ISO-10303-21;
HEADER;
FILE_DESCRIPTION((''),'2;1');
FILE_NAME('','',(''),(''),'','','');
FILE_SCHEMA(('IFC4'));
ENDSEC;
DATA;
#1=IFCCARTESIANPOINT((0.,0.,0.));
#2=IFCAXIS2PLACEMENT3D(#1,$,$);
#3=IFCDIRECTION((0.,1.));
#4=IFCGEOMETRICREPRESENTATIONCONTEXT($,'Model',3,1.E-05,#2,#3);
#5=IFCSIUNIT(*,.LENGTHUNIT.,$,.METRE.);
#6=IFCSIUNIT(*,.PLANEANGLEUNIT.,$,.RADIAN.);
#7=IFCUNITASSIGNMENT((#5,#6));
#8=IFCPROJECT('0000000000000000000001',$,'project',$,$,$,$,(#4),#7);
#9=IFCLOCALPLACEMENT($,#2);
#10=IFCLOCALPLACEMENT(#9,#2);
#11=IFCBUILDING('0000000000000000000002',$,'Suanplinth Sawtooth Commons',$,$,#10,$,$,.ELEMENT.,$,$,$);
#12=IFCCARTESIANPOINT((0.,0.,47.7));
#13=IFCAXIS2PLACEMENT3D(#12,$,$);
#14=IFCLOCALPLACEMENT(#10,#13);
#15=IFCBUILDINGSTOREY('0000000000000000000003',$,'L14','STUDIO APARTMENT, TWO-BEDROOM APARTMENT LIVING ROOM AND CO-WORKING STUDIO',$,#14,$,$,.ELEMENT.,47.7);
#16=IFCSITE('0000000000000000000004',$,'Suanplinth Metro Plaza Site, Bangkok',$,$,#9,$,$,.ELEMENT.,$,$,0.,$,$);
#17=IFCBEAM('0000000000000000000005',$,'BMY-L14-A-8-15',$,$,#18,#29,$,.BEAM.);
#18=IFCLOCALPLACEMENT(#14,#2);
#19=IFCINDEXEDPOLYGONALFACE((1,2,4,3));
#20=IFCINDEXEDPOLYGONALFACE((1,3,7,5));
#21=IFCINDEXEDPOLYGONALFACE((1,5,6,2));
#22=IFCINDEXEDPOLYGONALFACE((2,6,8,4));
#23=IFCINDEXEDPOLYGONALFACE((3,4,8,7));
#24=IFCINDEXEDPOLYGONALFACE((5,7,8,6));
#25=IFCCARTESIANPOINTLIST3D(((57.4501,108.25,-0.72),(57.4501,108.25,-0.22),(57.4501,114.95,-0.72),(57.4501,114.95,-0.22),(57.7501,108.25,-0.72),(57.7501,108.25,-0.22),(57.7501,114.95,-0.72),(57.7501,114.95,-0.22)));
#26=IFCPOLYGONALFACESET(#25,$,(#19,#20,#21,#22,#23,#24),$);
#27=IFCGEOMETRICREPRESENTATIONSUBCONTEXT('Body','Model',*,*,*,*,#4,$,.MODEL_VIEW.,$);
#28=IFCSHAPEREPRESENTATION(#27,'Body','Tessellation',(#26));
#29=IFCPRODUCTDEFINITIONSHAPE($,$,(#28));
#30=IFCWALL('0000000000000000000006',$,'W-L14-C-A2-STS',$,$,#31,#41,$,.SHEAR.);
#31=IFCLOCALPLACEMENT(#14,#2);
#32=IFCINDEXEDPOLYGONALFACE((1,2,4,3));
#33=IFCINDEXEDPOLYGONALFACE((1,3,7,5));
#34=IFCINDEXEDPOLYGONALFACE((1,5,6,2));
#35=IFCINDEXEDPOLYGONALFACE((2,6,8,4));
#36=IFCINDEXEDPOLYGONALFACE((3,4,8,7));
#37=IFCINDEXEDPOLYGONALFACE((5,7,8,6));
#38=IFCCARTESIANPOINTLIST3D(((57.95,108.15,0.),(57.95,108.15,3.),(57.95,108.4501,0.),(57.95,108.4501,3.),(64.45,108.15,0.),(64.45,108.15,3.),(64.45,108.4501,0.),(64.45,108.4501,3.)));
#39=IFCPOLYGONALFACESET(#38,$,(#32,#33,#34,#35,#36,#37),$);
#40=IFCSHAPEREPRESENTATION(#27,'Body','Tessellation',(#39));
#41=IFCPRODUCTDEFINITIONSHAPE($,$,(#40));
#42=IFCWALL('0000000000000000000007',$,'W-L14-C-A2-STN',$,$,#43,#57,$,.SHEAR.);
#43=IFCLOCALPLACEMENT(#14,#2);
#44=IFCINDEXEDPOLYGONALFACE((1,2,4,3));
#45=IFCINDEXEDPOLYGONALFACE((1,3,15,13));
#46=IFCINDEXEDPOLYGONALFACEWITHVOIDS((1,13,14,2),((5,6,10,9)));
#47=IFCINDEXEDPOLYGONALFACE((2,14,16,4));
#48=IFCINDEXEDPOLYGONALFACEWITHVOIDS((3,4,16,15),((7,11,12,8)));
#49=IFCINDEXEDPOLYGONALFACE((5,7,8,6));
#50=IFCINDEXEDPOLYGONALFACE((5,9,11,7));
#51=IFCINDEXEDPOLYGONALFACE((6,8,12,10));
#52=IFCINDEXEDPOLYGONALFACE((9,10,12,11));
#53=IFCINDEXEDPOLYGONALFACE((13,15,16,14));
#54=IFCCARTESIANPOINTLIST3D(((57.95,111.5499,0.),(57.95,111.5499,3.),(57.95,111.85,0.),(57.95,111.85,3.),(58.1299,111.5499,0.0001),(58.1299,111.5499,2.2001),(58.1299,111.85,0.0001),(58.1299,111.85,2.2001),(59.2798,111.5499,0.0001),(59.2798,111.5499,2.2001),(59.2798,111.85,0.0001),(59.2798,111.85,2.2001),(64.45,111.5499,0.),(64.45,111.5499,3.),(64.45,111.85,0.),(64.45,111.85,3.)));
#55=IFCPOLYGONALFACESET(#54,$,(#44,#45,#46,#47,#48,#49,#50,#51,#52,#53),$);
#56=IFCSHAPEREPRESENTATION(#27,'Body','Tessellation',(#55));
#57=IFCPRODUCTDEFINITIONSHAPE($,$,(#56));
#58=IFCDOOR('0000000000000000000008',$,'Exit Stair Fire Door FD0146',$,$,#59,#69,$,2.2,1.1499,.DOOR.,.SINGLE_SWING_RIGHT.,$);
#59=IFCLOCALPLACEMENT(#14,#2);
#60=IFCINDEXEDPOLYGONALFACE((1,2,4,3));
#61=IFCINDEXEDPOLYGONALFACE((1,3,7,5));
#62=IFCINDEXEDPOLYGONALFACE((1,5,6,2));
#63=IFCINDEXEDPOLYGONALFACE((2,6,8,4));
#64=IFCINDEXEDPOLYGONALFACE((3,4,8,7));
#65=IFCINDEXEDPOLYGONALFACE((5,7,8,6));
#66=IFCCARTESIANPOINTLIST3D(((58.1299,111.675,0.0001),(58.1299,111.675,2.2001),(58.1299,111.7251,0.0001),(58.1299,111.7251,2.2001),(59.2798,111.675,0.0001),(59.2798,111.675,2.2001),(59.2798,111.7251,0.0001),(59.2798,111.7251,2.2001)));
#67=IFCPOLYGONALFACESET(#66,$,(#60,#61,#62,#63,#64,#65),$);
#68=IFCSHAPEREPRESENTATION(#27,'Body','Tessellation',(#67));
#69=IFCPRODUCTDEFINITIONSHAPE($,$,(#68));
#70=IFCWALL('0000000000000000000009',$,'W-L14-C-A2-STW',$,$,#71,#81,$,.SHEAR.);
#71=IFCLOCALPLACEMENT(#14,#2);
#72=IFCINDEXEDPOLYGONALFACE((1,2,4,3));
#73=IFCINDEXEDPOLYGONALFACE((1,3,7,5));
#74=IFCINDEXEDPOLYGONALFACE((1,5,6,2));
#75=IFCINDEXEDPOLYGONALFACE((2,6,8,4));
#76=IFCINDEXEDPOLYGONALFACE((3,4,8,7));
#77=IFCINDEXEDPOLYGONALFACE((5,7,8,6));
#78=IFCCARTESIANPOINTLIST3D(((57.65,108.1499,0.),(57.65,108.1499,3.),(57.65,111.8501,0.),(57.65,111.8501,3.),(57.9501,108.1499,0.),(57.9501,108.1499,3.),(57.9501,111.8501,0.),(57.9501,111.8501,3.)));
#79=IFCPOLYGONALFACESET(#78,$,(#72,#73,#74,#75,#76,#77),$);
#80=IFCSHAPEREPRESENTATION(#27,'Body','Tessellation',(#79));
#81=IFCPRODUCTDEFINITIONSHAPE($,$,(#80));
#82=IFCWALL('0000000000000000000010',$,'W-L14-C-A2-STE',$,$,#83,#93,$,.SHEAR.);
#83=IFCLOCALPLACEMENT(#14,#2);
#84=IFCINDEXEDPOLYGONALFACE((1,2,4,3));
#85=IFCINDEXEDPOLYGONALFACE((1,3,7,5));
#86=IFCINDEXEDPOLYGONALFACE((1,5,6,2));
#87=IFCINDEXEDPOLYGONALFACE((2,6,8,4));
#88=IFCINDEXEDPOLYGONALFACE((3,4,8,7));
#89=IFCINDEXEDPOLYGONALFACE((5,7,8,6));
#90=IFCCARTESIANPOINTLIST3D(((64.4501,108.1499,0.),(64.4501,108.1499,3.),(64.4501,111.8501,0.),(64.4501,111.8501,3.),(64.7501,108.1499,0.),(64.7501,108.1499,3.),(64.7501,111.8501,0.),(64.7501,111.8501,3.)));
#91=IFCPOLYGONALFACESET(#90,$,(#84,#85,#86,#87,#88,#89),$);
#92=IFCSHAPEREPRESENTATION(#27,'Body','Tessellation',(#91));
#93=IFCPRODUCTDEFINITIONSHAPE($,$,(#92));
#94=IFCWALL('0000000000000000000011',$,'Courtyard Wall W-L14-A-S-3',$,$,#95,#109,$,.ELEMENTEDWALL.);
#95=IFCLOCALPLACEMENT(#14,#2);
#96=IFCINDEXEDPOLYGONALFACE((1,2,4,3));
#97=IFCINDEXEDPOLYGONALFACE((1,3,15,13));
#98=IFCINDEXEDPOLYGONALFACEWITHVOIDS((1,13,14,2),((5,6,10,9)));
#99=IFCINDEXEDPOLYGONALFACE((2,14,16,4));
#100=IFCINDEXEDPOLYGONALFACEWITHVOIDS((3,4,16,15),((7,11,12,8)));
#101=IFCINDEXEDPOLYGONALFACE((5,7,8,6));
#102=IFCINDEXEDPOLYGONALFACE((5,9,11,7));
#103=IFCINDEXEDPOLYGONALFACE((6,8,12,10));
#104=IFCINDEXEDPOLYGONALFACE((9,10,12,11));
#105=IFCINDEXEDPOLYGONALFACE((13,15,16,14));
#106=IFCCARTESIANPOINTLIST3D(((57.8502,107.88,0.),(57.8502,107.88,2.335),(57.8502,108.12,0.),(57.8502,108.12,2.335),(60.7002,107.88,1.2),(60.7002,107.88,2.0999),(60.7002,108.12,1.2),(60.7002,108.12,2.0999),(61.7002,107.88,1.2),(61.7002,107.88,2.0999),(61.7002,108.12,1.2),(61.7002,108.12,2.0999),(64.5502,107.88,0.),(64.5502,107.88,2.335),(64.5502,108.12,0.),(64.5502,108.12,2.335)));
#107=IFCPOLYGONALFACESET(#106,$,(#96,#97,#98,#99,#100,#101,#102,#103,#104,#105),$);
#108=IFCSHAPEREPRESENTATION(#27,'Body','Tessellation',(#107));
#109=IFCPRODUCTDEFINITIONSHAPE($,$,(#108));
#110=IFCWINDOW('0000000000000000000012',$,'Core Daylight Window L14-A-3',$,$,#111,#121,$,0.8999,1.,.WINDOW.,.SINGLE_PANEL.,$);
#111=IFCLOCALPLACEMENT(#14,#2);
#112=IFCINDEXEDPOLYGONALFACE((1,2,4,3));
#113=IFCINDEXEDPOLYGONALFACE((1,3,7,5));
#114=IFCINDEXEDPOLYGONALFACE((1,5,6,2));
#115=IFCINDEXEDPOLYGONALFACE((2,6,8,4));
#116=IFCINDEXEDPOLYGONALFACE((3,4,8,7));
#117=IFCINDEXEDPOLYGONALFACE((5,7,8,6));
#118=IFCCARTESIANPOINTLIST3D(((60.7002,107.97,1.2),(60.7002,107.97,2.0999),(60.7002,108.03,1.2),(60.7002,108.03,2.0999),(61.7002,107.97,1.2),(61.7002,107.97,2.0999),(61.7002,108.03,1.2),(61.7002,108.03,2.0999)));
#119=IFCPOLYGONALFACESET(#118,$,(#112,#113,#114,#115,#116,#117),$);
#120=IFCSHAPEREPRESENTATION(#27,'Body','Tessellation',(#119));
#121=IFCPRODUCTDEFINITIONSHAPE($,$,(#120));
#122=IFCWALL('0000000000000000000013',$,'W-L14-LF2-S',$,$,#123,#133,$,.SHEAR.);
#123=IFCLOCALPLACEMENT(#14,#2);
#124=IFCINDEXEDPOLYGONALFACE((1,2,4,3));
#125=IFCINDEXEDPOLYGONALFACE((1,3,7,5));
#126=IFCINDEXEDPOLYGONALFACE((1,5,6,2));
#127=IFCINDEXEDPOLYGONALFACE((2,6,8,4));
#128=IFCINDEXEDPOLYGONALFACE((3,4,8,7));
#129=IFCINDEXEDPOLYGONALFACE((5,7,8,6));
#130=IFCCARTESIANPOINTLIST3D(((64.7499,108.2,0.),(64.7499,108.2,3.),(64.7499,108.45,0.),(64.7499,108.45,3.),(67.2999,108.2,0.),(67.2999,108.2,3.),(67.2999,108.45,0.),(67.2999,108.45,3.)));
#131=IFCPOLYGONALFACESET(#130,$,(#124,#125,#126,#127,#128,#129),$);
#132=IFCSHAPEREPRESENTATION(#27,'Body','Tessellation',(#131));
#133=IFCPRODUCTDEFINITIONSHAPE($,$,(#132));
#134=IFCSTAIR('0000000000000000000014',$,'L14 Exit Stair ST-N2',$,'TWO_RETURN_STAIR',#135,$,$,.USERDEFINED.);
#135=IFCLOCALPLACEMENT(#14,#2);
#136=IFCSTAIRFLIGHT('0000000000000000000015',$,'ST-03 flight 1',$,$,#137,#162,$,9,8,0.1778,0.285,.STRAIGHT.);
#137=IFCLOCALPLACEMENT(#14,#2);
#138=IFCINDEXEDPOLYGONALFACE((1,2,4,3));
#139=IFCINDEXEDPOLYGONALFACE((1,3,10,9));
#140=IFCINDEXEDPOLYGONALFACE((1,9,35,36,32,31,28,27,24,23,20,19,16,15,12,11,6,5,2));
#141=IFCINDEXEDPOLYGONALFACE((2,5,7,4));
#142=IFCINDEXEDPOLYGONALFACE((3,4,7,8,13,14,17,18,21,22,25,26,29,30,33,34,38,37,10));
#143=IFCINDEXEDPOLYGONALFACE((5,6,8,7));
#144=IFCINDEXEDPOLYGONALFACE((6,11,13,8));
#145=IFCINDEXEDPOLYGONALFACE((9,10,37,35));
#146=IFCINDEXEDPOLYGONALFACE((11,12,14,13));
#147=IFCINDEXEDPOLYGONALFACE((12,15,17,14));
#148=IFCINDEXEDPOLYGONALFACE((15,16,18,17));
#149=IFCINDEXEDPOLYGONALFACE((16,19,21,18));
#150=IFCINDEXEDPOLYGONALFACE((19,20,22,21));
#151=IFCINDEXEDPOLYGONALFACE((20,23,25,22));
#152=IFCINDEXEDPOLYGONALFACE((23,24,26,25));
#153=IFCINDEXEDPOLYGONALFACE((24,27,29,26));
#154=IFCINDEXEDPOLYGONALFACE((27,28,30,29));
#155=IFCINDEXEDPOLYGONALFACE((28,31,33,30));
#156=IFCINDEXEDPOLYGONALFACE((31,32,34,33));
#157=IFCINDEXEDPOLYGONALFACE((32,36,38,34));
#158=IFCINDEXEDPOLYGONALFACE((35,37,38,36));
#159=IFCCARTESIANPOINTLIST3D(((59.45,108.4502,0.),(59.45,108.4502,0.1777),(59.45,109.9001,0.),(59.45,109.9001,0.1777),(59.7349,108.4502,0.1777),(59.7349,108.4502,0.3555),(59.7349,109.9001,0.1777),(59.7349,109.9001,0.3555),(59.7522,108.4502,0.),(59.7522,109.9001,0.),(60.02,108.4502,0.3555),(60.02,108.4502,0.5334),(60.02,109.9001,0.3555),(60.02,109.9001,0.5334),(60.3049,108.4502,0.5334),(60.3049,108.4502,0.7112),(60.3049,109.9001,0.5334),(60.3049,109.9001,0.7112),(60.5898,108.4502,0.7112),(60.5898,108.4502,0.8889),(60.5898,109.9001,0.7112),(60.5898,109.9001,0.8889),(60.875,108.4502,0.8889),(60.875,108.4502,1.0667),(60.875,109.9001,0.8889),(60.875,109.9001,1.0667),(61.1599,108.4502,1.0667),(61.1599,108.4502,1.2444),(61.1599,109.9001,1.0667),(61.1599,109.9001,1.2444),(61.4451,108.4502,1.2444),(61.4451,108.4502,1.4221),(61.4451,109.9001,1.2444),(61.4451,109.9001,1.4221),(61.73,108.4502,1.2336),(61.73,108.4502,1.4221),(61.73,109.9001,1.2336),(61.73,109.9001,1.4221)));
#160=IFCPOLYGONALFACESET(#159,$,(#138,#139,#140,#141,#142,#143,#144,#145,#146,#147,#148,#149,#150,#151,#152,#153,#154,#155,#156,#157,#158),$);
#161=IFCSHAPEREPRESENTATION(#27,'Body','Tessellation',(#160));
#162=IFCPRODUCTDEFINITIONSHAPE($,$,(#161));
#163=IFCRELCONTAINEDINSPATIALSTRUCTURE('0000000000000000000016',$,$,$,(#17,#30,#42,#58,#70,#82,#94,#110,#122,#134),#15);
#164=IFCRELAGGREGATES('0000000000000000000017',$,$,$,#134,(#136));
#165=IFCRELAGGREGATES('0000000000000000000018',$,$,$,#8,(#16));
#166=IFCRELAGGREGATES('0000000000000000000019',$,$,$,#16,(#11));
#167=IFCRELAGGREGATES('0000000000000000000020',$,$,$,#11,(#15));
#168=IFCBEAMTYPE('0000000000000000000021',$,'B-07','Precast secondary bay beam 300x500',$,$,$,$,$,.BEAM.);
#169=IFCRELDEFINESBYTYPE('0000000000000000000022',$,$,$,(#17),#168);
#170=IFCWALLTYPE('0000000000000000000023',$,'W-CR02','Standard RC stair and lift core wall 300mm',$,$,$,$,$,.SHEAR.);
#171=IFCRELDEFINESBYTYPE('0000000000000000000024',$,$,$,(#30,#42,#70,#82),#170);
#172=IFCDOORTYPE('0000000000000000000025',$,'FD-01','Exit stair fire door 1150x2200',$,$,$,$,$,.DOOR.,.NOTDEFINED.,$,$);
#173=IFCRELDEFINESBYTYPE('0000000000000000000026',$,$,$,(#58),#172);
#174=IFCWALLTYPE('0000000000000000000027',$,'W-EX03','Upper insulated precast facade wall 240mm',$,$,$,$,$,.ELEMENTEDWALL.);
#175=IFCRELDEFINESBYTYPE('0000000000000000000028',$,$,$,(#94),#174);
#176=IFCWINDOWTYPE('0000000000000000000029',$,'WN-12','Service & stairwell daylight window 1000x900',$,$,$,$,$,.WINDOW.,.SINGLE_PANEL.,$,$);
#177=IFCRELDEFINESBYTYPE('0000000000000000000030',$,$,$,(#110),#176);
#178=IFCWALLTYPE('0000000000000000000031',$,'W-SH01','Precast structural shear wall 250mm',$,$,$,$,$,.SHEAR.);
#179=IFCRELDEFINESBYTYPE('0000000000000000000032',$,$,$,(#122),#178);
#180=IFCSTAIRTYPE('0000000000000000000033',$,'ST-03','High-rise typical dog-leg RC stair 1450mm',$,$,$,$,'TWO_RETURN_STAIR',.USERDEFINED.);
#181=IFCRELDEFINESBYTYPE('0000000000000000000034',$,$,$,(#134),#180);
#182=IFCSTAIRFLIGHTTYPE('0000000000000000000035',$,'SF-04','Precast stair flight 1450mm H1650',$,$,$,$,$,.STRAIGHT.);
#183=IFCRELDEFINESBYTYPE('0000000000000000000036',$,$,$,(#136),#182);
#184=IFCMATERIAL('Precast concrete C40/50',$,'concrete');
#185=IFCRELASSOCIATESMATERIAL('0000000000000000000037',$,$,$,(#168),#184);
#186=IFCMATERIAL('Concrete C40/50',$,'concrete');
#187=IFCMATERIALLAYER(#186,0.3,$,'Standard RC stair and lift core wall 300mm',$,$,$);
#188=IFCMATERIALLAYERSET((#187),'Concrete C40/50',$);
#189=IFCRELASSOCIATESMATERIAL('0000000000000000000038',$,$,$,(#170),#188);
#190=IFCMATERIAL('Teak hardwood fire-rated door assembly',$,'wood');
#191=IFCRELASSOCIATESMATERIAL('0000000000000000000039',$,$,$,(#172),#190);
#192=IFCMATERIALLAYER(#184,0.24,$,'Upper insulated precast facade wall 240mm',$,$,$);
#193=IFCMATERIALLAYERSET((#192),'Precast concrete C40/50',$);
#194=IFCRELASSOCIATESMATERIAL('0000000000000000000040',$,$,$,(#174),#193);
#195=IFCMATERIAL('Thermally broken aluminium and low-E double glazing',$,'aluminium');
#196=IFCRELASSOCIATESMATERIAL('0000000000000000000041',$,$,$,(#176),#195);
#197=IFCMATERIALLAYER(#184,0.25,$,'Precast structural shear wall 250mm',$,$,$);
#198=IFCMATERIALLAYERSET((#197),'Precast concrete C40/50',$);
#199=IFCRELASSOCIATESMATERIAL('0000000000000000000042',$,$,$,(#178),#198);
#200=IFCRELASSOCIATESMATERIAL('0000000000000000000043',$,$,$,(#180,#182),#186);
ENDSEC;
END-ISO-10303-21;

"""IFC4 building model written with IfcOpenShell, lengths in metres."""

from ifc_helpers import new_model, si_unit, direction, frame, frame_2d, origin, origin_2d, place, context, subcontext, project, spatial, polyline, rectangle, outline, extrude, material, layer, layer_set, material_profile, profile_set, type_object, element, fill, aggregate, save


model = new_model("IFC4")

# Units and contexts
model_context = context("Model", 3, precision=1e-05, world=origin(), true_north=direction((0.0, 1.0)))
body_context = subcontext(model_context, "Body", "Model", "MODEL_VIEW")
ifc_project = project(units=[si_unit("LENGTHUNIT", "METRE"), si_unit("PLANEANGLEUNIT", "RADIAN")], contexts=[model_context])

# Site, building, storey
site_placement = place(None, origin())
site = spatial("IfcSite", under=ifc_project, at=site_placement, Name="Suanplinth Metro Plaza Site, Bangkok", CompositionType="ELEMENT", RefElevation=0.0)
building_placement = place(site_placement, origin())
building = spatial("IfcBuilding", under=site, at=building_placement, Name="Suanplinth Sawtooth Commons", CompositionType="ELEMENT")
storey_placement = place(building_placement, frame((0.0, 0.0, 47.7)))
storey = spatial("IfcBuildingStorey", under=building, at=storey_placement, Name="L14", Description="STUDIO APARTMENT, TWO-BEDROOM APARTMENT LIVING ROOM AND CO-WORKING STUDIO", CompositionType="ELEMENT", Elevation=47.7)

# Beam
ifc_material_1 = material(Name="Precast concrete C40/50", Category="concrete")
ifc_material_profile = material_profile(ifc_material_1, rectangle(XDim=0.3, YDim=0.5, at=origin_2d()), Name="PC-BM 300x500")
ifc_profile_set = profile_set([ifc_material_profile], Name="Precast concrete C40/50")
beam_type = type_object("IfcBeamType", Name="B-07", Description="Precast secondary bay beam 300x500", PredefinedType="BEAM", material=ifc_profile_set)
beam_placement = place(storey_placement, frame((57.6001, 108.25, -0.47), z_axis=(0.0, 1.0, 0.0), x_axis=(-1.0, 0.0, 0.0)))
element("IfcBeam", 1, at=beam_placement, inside=storey, type_object=beam_type, Name="BMY-L14-A-8-15", PredefinedType="BEAM", context=body_context, shape_type="SweptSolid", body=[
    extrude(rectangle(XDim=0.3, YDim=0.5, at=origin_2d()), origin(), (0.0, 0.0, 1.0), 6.7),
])

# Wall
ifc_material_2 = material(Name="Concrete C40/50", Category="concrete")
ifc_layer_1 = layer(ifc_material_2, 0.3, Name="Standard RC stair and lift core wall 300mm")
ifc_layer_set_1 = layer_set([ifc_layer_1], Name="Concrete C40/50")
wall_type_1 = type_object("IfcWallType", Name="W-CR02", Description="Standard RC stair and lift core wall 300mm", PredefinedType="SHEAR", material=ifc_layer_set_1)
wall_1_placement = place(storey_placement, frame((57.95, 108.3, 0.0), z_axis=(0.0, 0.0, 1.0), x_axis=(1.0, 0.0, 0.0)))
element("IfcWall", 2, at=wall_1_placement, inside=storey, type_object=wall_type_1, Name="W-L14-C-A2-STS", PredefinedType="SHEAR", context=body_context, shape_type="SweptSolid", body=[
    extrude(rectangle(XDim=6.5, YDim=0.3, at=frame_2d((3.25, 0.0))), origin(), (0.0, 0.0, 1.0), 3.0),
])

# Wall, opening, door
wall_2_placement = place(storey_placement, frame((57.95, 111.7, 0.0), z_axis=(0.0, 0.0, 1.0), x_axis=(1.0, 0.0, 0.0)))
wall_2 = element("IfcWall", 3, at=wall_2_placement, inside=storey, type_object=wall_type_1, Name="W-L14-C-A2-STN", PredefinedType="SHEAR", context=body_context, shape_type="SweptSolid", body=[
    extrude(rectangle(XDim=6.5, YDim=0.3, at=frame_2d((3.25, 0.0))), origin(), (0.0, 0.0, 1.0), 3.0),
])
opening_1_placement = place(wall_2_placement, frame((0.1799, 0.0, 0.0)))
opening_1 = element("IfcOpeningElement", 4, at=opening_1_placement, cuts=wall_2, PredefinedType="OPENING", context=body_context, shape_type="SweptSolid", body=[
    extrude(rectangle(XDim=1.1499, YDim=2.2, at=frame_2d((0.575, 1.1001))), frame((0.0, 0.165, 0.0), z_axis=(0.0, -1.0, 0.0), x_axis=(1.0, 0.0, 0.0)), (0.0, 0.0, 1.0), 0.3298),
])
ifc_material_3 = material(Name="Teak hardwood fire-rated door assembly", Category="wood")
door_type_1 = type_object("IfcDoorType", Name="FD-01", Description="Exit stair fire door 1150x2200", OperationType="NOTDEFINED", PredefinedType="DOOR", material=ifc_material_3)
door_1_placement = place(opening_1_placement, frame((1.1499, 0.0, 0.0), z_axis=(0.0, 0.0, 1.0), x_axis=(-1.0, 0.0, 0.0)))
door_1 = element("IfcDoor", 5, at=door_1_placement, inside=storey, type_object=door_type_1, Name="Exit Stair Fire Door FD0146", OperationType="SINGLE_SWING_RIGHT", OverallHeight=2.2, OverallWidth=1.1499, PredefinedType="DOOR", context=body_context, shape_type="SweptSolid", body=[
    extrude(rectangle(XDim=1.1499, YDim=2.2, at=frame_2d((0.575, 1.1001))), frame((0.0, 0.0249, 0.0), z_axis=(0.0, -1.0, 0.0), x_axis=(1.0, 0.0, 0.0)), (0.0, 0.0, 1.0), 0.05),
])
fill(opening_1, door_1)

# Walls
for number, where, z_axis, x_axis, name in (
    (6, (57.8, 108.1499, 0.0), (0.0, 0.0, 1.0), (0.0, 1.0, 0.0), "W-L14-C-A2-STW"),
    (7, (64.6001, 108.1499, 0.0), (0.0, 0.0, 1.0), (0.0, 1.0, 0.0), "W-L14-C-A2-STE"),
):
    element("IfcWall", number, at=place(storey_placement, frame(where, z_axis=z_axis, x_axis=x_axis)), inside=storey, type_object=wall_type_1, Name=name, PredefinedType="SHEAR", context=body_context, shape_type="SweptSolid", body=[
        extrude(rectangle(XDim=3.7002, YDim=0.3, at=frame_2d((1.8501, 0.0))), origin(), (0.0, 0.0, 1.0), 3.0),
    ])

# Wall, opening, window
ifc_layer_2 = layer(ifc_material_1, 0.24, Name="Upper insulated precast facade wall 240mm")
ifc_layer_set_2 = layer_set([ifc_layer_2], Name="Precast concrete C40/50")
wall_type_2 = type_object("IfcWallType", Name="W-EX03", Description="Upper insulated precast facade wall 240mm", PredefinedType="ELEMENTEDWALL", material=ifc_layer_set_2)
wall_3_placement = place(storey_placement, frame((57.8501, 108.0, 0.0), z_axis=(0.0, 0.0, 1.0), x_axis=(1.0, 0.0, 0.0)))
wall_3 = element("IfcWall", 8, at=wall_3_placement, inside=storey, type_object=wall_type_2, Name="Courtyard Wall W-L14-A-S-3", PredefinedType="ELEMENTEDWALL", context=body_context, shape_type="SweptSolid", body=[
    extrude(rectangle(XDim=6.7, YDim=0.24, at=frame_2d((3.3501, 0.0))), origin(), (0.0, 0.0, 1.0), 2.335),
])
opening_2_placement = place(wall_3_placement, frame((2.8501, 0.0, 1.2)))
opening_2 = element("IfcOpeningElement", 9, at=opening_2_placement, cuts=wall_3, PredefinedType="OPENING", context=body_context, shape_type="SweptSolid", body=[
    extrude(rectangle(XDim=1.0, YDim=0.8999, at=frame_2d((0.5, 0.45))), frame((0.0, 0.1348, 0.0), z_axis=(0.0, -1.0, 0.0), x_axis=(1.0, 0.0, 0.0)), (0.0, 0.0, 1.0), 0.2698),
])
ifc_material_4 = material(Name="Thermally broken aluminium and low-E double glazing", Category="aluminium")
window_type = type_object("IfcWindowType", Name="WN-12", Description="Service & stairwell daylight window 1000x900", PartitioningType="SINGLE_PANEL", PredefinedType="WINDOW", material=ifc_material_4)
window_placement = place(opening_2_placement, origin())
window = element("IfcWindow", 10, at=window_placement, inside=storey, type_object=window_type, Name="Core Daylight Window L14-A-3", OverallHeight=0.8999, OverallWidth=1.0, PartitioningType="SINGLE_PANEL", PredefinedType="WINDOW", context=body_context, shape_type="SweptSolid", body=[
    extrude(rectangle(XDim=1.0, YDim=0.8999, at=frame_2d((0.5, 0.45))), frame((0.0, 0.03, 0.0), z_axis=(0.0, -1.0, 0.0), x_axis=(1.0, 0.0, 0.0)), (0.0, 0.0, 1.0), 0.0601),
])
fill(opening_2, window)

# Wall
ifc_layer_3 = layer(ifc_material_1, 0.25, Name="Precast structural shear wall 250mm")
ifc_layer_set_3 = layer_set([ifc_layer_3], Name="Precast concrete C40/50")
wall_type_3 = type_object("IfcWallType", Name="W-SH01", Description="Precast structural shear wall 250mm", PredefinedType="SHEAR", material=ifc_layer_set_3)
wall_4_placement = place(storey_placement, frame((64.75, 108.325, 0.0), z_axis=(0.0, 0.0, 1.0), x_axis=(1.0, 0.0, 0.0)))
element("IfcWall", 11, at=wall_4_placement, inside=storey, type_object=wall_type_3, Name="W-L14-LF2-S", PredefinedType="SHEAR", context=body_context, shape_type="SweptSolid", body=[
    extrude(rectangle(XDim=2.55, YDim=0.25, at=frame_2d((1.2749, 0.0))), origin(), (0.0, 0.0, 1.0), 3.0),
])

# Stair, stair flight
stair_type = type_object("IfcStairType", Name="ST-03", Description="High-rise typical dog-leg RC stair 1450mm", ElementType="TWO_RETURN_STAIR", PredefinedType="USERDEFINED", material=ifc_material_2)
stair_placement = place(storey_placement, origin())
stair = element("IfcStair", 12, at=stair_placement, inside=storey, type_object=stair_type, Name="L14 Exit Stair ST-N2", ObjectType="TWO_RETURN_STAIR", PredefinedType="USERDEFINED")
stair_flight_type = type_object("IfcStairFlightType", Name="SF-04", Description="Precast stair flight 1450mm H1650", PredefinedType="STRAIGHT", material=ifc_material_2)
stair_flight_1_placement = place(storey_placement, frame((59.45, 109.175, 0.0), z_axis=(0.0, 0.0, 1.0), x_axis=(1.0, 0.0, 0.0)))
stair_flight_1 = element("IfcStairFlight", 13, at=stair_flight_1_placement, type_object=stair_flight_type, Name="ST-03 flight 1", NumberOfRisers=9, NumberOfTreads=8, PredefinedType="STRAIGHT", RiserHeight=0.1778, TreadLength=0.285, context=body_context, shape_type="SweptSolid", body=[
    extrude(outline(polyline([(0.0, 0.0), (0.0, 0.1777), (0.2849, 0.1777), (0.2849, 0.3555), (0.5701, 0.3555), (0.5701, 0.5334), (0.855, 0.5334), (0.855, 0.7112), (1.1399, 0.7112), (1.1399, 0.8889), (1.425, 0.8889), (1.425, 1.0667), (1.71, 1.0667), (1.71, 1.2444), (1.9951, 1.2444), (1.9951, 1.4221), (2.28, 1.4221), (2.28, 1.6001), (2.28, 1.2336), (0.3022, 0.0), (0.0, 0.0)])), frame((0.0, 0.7251, 0.0), z_axis=(0.0, -1.0, 0.0), x_axis=(1.0, 0.0, 0.0)), (0.0, 0.0, 1.0), 1.45),
])
aggregate(stair, [stair_flight_1])

save(model, "model.ifc")
